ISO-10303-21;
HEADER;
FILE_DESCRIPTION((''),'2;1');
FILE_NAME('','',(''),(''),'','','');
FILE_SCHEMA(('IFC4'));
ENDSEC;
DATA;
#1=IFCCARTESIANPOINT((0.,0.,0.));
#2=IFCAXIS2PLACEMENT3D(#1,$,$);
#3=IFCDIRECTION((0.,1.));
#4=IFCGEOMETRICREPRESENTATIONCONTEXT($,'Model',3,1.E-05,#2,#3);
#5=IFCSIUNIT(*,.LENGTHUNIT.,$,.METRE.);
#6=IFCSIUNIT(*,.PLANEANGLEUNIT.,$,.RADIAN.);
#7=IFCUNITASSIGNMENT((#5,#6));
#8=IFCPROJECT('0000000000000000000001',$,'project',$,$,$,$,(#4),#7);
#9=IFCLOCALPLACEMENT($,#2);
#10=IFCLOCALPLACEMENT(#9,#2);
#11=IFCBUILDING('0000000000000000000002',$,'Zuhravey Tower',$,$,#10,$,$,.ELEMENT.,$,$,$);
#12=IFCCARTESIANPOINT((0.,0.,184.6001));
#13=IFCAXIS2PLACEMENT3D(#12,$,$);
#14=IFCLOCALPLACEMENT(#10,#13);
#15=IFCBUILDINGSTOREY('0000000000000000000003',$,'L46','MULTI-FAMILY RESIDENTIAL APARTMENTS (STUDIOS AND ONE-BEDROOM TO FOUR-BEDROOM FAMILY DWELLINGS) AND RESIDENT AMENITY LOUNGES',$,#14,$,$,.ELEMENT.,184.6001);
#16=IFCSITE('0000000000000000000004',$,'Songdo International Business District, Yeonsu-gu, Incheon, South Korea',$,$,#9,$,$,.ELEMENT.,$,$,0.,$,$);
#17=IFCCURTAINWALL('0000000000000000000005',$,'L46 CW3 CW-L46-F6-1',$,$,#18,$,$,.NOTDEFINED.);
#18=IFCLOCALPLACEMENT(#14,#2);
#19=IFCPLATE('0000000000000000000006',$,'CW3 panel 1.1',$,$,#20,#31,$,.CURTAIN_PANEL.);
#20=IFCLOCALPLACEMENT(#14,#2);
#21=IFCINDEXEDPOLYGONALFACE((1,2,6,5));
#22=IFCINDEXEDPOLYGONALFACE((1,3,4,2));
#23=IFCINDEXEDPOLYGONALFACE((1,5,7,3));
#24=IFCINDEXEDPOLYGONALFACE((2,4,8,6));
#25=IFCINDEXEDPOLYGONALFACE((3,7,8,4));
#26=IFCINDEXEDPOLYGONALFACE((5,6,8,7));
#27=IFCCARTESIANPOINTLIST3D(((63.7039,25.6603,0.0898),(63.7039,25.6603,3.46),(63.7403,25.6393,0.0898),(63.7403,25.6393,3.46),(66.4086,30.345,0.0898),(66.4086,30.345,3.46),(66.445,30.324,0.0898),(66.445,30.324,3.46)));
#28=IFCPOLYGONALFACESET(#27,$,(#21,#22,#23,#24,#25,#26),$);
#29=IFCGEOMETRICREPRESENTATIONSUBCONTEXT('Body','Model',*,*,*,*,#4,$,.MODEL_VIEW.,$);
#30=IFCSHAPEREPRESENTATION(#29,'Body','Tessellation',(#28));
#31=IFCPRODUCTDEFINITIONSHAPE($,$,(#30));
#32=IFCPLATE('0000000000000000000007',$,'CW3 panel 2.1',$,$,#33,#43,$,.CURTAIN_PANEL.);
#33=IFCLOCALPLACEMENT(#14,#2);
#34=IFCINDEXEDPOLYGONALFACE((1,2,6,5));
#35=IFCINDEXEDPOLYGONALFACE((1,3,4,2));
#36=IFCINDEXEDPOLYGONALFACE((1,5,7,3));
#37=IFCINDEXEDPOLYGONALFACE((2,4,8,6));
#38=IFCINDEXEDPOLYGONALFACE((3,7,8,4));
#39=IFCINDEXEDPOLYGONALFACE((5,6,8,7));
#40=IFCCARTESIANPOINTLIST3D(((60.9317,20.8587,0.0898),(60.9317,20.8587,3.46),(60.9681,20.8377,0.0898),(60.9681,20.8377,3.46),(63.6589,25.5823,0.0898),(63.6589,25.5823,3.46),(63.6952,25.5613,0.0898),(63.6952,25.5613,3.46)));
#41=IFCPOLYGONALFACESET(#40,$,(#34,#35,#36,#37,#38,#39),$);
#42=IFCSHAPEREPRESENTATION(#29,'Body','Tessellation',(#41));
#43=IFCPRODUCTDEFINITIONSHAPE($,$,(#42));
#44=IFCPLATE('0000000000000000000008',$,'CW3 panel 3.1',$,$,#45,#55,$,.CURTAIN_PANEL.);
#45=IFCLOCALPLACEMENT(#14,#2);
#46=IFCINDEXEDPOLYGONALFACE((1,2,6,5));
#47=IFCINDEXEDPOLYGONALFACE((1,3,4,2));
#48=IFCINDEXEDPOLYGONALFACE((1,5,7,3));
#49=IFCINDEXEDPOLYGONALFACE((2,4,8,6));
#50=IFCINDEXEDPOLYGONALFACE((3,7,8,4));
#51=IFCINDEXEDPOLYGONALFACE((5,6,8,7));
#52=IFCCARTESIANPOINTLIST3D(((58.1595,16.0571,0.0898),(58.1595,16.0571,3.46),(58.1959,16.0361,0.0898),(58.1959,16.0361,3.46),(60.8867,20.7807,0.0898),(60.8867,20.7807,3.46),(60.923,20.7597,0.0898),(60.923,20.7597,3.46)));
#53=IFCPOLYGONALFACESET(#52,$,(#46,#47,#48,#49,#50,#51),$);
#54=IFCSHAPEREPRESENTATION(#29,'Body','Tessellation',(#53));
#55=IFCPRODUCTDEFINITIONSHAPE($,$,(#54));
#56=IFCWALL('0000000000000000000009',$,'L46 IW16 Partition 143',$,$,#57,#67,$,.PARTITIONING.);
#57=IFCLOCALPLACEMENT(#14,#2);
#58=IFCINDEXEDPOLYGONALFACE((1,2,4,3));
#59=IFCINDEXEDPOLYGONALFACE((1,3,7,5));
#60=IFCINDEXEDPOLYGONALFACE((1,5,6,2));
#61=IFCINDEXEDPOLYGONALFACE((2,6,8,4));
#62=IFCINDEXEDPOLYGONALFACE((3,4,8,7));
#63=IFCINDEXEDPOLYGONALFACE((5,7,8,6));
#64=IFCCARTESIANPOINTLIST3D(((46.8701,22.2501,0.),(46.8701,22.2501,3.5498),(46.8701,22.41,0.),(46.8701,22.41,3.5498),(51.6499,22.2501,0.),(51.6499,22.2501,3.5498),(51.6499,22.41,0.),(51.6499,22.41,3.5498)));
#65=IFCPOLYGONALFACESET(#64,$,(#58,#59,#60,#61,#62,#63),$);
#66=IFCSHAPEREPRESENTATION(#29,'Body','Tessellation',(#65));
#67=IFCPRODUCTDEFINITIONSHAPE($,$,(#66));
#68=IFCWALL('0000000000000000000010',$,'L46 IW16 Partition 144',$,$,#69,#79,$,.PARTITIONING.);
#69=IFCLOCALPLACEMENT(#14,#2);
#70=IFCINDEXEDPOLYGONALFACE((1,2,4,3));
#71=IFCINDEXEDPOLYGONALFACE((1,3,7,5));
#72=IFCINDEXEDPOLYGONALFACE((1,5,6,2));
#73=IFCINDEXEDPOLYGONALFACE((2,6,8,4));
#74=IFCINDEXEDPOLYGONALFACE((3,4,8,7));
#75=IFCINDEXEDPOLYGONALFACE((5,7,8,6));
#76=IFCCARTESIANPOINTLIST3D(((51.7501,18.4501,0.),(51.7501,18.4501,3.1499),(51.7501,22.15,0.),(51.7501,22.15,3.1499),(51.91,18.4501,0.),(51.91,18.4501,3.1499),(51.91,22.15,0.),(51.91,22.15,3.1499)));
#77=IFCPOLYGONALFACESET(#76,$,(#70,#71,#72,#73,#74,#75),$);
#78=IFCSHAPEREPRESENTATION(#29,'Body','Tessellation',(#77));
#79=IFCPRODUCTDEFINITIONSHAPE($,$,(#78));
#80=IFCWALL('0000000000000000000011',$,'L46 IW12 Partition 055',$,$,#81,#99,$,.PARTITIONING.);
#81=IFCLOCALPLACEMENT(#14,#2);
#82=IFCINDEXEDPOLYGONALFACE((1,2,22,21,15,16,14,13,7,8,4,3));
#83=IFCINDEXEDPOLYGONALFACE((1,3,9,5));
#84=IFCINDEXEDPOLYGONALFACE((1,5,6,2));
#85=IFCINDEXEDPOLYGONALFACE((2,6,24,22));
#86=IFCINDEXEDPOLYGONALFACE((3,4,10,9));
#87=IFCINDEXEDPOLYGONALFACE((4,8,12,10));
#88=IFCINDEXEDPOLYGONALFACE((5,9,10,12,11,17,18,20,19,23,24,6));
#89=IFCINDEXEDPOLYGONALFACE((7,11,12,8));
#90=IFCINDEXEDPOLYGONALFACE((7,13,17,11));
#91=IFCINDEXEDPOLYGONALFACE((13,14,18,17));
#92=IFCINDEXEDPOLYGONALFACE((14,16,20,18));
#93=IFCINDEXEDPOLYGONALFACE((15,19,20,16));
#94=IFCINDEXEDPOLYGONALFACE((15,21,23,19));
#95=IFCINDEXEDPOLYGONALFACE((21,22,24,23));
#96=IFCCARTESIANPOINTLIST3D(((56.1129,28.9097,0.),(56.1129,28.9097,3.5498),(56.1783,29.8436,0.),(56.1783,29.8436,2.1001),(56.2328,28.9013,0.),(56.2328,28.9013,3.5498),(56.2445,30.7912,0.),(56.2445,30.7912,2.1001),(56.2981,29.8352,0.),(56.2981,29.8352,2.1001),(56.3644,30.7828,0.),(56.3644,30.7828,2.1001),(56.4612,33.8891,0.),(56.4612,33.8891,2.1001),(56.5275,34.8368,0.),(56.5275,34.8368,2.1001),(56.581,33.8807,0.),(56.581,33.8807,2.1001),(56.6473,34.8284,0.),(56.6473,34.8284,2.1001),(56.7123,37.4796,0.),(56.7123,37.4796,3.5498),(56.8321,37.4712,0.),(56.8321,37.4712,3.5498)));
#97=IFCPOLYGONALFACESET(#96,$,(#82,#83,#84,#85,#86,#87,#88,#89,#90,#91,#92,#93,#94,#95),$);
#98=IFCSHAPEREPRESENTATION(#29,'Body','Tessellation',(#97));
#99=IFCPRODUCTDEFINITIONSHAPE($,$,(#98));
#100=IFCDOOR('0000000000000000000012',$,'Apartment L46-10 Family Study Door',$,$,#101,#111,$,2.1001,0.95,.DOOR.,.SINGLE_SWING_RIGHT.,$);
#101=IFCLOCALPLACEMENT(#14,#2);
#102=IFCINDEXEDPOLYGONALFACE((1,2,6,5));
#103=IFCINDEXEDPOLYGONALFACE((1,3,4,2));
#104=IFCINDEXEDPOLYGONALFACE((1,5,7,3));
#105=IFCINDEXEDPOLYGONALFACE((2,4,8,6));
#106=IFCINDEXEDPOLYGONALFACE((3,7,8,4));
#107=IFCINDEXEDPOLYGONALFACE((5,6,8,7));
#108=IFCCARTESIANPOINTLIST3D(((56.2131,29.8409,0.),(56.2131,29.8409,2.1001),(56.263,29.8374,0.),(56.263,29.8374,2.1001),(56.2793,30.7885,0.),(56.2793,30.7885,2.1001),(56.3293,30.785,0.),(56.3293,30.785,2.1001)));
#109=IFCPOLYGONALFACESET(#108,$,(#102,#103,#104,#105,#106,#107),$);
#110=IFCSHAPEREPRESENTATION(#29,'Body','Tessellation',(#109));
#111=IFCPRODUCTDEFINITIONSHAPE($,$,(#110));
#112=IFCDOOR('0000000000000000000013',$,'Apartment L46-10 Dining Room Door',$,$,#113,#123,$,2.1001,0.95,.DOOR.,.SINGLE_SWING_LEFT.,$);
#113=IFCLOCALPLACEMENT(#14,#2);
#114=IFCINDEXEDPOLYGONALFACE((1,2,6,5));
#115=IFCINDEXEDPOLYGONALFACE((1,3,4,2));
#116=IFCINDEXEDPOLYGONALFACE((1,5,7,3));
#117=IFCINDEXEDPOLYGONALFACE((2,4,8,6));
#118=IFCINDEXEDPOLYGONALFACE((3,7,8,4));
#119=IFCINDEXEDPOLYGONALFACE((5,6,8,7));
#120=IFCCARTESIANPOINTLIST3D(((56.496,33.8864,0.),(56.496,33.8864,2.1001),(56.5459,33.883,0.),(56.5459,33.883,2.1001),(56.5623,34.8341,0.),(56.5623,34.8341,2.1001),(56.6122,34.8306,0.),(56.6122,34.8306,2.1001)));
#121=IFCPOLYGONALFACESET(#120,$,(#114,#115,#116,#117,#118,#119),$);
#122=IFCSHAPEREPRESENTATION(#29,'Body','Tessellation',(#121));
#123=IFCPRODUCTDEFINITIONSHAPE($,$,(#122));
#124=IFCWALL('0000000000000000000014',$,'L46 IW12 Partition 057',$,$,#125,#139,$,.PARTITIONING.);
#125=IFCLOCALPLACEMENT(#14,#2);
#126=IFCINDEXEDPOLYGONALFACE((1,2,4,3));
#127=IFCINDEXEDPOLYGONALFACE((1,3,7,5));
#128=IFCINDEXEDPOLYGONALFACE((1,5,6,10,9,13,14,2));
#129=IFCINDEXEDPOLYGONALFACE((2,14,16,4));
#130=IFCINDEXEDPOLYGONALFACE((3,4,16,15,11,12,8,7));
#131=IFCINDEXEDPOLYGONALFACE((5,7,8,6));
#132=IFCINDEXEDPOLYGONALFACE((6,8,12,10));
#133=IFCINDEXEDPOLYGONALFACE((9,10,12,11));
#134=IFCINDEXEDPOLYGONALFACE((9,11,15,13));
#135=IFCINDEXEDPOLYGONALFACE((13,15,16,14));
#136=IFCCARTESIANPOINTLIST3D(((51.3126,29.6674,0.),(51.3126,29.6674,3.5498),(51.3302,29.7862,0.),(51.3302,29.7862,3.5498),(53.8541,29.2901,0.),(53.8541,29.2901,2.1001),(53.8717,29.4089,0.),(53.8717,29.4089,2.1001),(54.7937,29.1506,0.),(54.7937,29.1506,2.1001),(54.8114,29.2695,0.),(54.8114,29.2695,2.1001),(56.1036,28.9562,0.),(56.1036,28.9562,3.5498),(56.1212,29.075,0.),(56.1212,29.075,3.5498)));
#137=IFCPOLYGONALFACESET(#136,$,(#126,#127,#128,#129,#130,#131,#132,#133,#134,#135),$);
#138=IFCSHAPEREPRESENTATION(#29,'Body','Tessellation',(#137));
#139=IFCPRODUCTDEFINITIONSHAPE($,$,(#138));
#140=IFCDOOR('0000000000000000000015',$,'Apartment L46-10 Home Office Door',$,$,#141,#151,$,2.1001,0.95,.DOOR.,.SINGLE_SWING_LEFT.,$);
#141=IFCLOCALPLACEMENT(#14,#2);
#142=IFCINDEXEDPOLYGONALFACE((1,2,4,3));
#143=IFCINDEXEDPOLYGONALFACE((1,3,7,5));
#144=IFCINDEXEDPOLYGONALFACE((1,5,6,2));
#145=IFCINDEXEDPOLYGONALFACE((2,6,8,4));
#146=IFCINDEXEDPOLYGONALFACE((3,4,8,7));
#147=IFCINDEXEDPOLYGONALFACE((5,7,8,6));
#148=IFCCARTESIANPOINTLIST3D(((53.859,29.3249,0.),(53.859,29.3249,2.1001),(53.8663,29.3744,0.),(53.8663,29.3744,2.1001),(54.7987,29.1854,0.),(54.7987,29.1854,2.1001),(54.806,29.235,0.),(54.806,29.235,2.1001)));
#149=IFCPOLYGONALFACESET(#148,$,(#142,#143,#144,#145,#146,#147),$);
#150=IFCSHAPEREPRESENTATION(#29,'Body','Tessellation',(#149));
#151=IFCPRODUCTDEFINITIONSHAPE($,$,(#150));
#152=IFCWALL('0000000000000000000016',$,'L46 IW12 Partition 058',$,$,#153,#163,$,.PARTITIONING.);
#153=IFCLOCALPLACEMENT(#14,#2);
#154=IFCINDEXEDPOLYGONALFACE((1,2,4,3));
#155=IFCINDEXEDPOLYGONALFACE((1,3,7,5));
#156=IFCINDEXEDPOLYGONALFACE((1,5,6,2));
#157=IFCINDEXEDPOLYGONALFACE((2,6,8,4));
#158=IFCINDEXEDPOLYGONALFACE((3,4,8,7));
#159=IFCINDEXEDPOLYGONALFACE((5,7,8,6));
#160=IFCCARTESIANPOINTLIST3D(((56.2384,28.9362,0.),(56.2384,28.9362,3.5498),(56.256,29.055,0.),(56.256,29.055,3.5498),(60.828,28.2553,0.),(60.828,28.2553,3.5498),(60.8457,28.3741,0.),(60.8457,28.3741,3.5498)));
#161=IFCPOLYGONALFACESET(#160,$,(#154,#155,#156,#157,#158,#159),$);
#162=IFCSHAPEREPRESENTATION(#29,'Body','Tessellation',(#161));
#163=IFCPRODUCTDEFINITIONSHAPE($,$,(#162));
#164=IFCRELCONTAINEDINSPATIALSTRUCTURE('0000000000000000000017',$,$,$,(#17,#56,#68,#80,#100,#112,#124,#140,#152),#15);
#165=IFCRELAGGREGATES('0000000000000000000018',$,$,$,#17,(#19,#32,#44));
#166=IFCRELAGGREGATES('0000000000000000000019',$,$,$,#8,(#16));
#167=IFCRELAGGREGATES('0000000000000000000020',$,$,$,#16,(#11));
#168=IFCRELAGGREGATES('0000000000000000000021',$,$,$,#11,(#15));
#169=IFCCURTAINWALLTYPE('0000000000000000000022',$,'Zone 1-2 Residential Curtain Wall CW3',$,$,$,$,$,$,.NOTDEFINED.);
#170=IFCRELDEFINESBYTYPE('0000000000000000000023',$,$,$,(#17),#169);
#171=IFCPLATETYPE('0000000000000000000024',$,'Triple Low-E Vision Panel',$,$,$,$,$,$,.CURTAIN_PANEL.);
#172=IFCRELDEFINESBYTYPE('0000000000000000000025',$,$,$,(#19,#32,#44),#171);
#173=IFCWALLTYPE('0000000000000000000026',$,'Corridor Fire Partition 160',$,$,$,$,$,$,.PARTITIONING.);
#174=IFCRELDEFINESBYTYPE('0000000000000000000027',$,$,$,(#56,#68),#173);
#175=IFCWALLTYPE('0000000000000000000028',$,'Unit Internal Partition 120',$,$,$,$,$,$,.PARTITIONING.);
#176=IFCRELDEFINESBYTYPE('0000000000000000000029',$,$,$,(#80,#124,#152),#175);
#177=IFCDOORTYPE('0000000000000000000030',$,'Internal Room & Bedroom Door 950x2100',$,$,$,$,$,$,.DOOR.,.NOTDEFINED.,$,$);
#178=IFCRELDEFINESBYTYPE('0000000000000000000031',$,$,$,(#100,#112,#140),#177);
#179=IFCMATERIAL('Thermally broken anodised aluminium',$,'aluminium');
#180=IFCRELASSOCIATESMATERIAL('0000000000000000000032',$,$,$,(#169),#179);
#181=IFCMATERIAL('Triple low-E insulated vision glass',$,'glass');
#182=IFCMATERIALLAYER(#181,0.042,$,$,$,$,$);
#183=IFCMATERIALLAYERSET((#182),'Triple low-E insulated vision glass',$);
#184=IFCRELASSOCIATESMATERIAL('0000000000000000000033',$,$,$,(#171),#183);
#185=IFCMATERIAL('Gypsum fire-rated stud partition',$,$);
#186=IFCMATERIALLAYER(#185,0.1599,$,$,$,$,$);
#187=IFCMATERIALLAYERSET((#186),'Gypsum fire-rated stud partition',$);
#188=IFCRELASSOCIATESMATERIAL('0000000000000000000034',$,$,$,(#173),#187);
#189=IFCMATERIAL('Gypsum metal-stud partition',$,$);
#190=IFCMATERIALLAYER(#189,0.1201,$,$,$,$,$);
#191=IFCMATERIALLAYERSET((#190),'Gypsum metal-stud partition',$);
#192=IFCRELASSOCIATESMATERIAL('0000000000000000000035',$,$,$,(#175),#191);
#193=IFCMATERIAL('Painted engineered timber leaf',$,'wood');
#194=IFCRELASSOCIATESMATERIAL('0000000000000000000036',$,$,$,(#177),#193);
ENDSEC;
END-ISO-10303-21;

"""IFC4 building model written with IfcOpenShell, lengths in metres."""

from ifc_helpers import new_model, si_unit, direction, frame, frame_2d, origin, origin_2d, place, context, subcontext, project, spatial, rectangle, extrude, material, layer, layer_set, type_object, element, fill, aggregate, save


model = new_model("IFC4")

# Units and contexts
model_context = context("Model", 3, precision=1e-05, world=origin(), true_north=direction((0.0, 1.0)))
body_context = subcontext(model_context, "Body", "Model", "MODEL_VIEW")
ifc_project = project(units=[si_unit("LENGTHUNIT", "METRE"), si_unit("PLANEANGLEUNIT", "RADIAN")], contexts=[model_context])

# Site, building, storey
site_placement = place(None, origin())
site = spatial("IfcSite", under=ifc_project, at=site_placement, Name="Songdo International Business District, Yeonsu-gu, Incheon, South Korea", CompositionType="ELEMENT", RefElevation=0.0)
building_placement = place(site_placement, origin())
building = spatial("IfcBuilding", under=site, at=building_placement, Name="Zuhravey Tower", CompositionType="ELEMENT")
storey_placement = place(building_placement, frame((0.0, 0.0, 184.6001)))
storey = spatial("IfcBuildingStorey", under=building, at=storey_placement, Name="L46", Description="MULTI-FAMILY RESIDENTIAL APARTMENTS (STUDIOS AND ONE-BEDROOM TO FOUR-BEDROOM FAMILY DWELLINGS) AND RESIDENT AMENITY LOUNGES", CompositionType="ELEMENT", Elevation=184.6001)

# Curtain wall
ifc_material_1 = material(Name="Thermally broken anodised aluminium", Category="aluminium")
curtain_wall_type = type_object("IfcCurtainWallType", Name="Zone 1-2 Residential Curtain Wall CW3", PredefinedType="NOTDEFINED", material=ifc_material_1)
curtain_wall_placement = place(storey_placement, origin())
curtain_wall = element("IfcCurtainWall", 1, at=curtain_wall_placement, inside=storey, type_object=curtain_wall_type, Name="L46 CW3 CW-L46-F6-1", PredefinedType="NOTDEFINED")

# Plates
ifc_material_2 = material(Name="Triple low-E insulated vision glass", Category="glass")
ifc_layer_1 = layer(ifc_material_2, 0.042)
ifc_layer_set_1 = layer_set([ifc_layer_1], Name="Triple low-E insulated vision glass")
plate_type_1 = type_object("IfcPlateType", Name="Triple Low-E Vision Panel", PredefinedType="CURTAIN_PANEL", material=ifc_layer_set_1)
plate_1_placement = place(storey_placement, frame((65.0745, 27.9922, 0.0898), z_axis=(0.0, 0.0, 1.0), x_axis=(-0.5, -0.866025, 0.0)))
plate_1 = element("IfcPlate", 2, at=plate_1_placement, type_object=plate_type_1, Name="CW3 panel 1.1", PredefinedType="CURTAIN_PANEL", context=body_context, shape_type="SweptSolid", body=[
    extrude(rectangle(XDim=5.4094, YDim=0.042, at=origin_2d()), origin(), (0.0, 0.0, 1.0), 3.3701),
])
plate_2_placement = place(storey_placement, frame((62.3135, 23.21, 0.0898), z_axis=(0.0, 0.0, 1.0), x_axis=(-0.5, -0.866025, 0.0)))
plate_2 = element("IfcPlate", 3, at=plate_2_placement, type_object=plate_type_1, Name="CW3 panel 2.1", PredefinedType="CURTAIN_PANEL", context=body_context, shape_type="SweptSolid", body=[
    extrude(rectangle(XDim=5.4543, YDim=0.042, at=origin_2d()), origin(), (0.0, 0.0, 1.0), 3.3701),
])
plate_3_placement = place(storey_placement, frame((59.5413, 18.4084, 0.0898), z_axis=(0.0, 0.0, 1.0), x_axis=(-0.5, -0.866025, 0.0)))
plate_3 = element("IfcPlate", 4, at=plate_3_placement, type_object=plate_type_1, Name="CW3 panel 3.1", PredefinedType="CURTAIN_PANEL", context=body_context, shape_type="SweptSolid", body=[
    extrude(rectangle(XDim=5.4543, YDim=0.042, at=origin_2d()), origin(), (0.0, 0.0, 1.0), 3.3701),
])
aggregate(curtain_wall, [plate_1, plate_2, plate_3])

# Walls
ifc_material_3 = material(Name="Gypsum fire-rated stud partition")
ifc_layer_2 = layer(ifc_material_3, 0.1599)
ifc_layer_set_2 = layer_set([ifc_layer_2], Name="Gypsum fire-rated stud partition")
wall_type_1 = type_object("IfcWallType", Name="Corridor Fire Partition 160", PredefinedType="PARTITIONING", material=ifc_layer_set_2)
wall_1_placement = place(storey_placement, frame((51.6499, 22.3301, 0.0), z_axis=(0.0, 0.0, 1.0), x_axis=(-1.0, 0.0, 0.0)))
element("IfcWall", 5, at=wall_1_placement, inside=storey, type_object=wall_type_1, Name="L46 IW16 Partition 143", PredefinedType="PARTITIONING", context=body_context, shape_type="SweptSolid", body=[
    extrude(rectangle(XDim=4.7798, YDim=0.1599, at=frame_2d((2.3899, 0.0))), origin(), (0.0, 0.0, 1.0), 3.5498),
])
wall_2_placement = place(storey_placement, frame((51.8301, 18.45, 0.0), z_axis=(0.0, 0.0, 1.0), x_axis=(0.0, 1.0, 0.0)))
element("IfcWall", 6, at=wall_2_placement, inside=storey, type_object=wall_type_1, Name="L46 IW16 Partition 144", PredefinedType="PARTITIONING", context=body_context, shape_type="SweptSolid", body=[
    extrude(rectangle(XDim=3.7, YDim=0.1599, at=frame_2d((1.8501, 0.0))), origin(), (0.0, 0.0, 1.0), 3.1499),
])

# Wall, openings, doors
ifc_material_4 = material(Name="Gypsum metal-stud partition")
ifc_layer_3 = layer(ifc_material_4, 0.1201)
ifc_layer_set_3 = layer_set([ifc_layer_3], Name="Gypsum metal-stud partition")
wall_type_2 = type_object("IfcWallType", Name="Unit Internal Partition 120", PredefinedType="PARTITIONING", material=ifc_layer_set_3)
wall_3_placement = place(storey_placement, frame((56.1729, 28.9055, 0.0), z_axis=(0.0, 0.0, 1.0), x_axis=(0.069769, 0.997563, 0.0)))
wall_3 = element("IfcWall", 7, at=wall_3_placement, inside=storey, type_object=wall_type_2, Name="L46 IW12 Partition 055", PredefinedType="PARTITIONING", context=body_context, shape_type="SweptSolid", body=[
    extrude(rectangle(XDim=8.5908, YDim=0.1201, at=frame_2d((4.2954, 0.0))), origin(), (0.0, 0.0, 1.0), 3.5498),
])
opening_1_placement = place(wall_3_placement, frame((0.936, 0.0, 0.0)))
opening_1 = element("IfcOpeningElement", 8, at=opening_1_placement, cuts=wall_3, PredefinedType="OPENING", context=body_context, shape_type="SweptSolid", body=[
    extrude(rectangle(XDim=0.95, YDim=2.1001, at=frame_2d((0.4751, 1.05))), frame((0.0, 0.072, 0.0), z_axis=(0.0, -1.0, 0.0), x_axis=(1.0, 0.0, 0.0)), (0.0, 0.0, 1.0), 0.144),
])
opening_2_placement = place(wall_3_placement, frame((4.9915, 0.0, 0.0)))
opening_2 = element("IfcOpeningElement", 9, at=opening_2_placement, cuts=wall_3, PredefinedType="OPENING", context=body_context, shape_type="SweptSolid", body=[
    extrude(rectangle(XDim=0.95, YDim=2.1001, at=frame_2d((0.4751, 1.05))), frame((0.0, 0.072, 0.0), z_axis=(0.0, -1.0, 0.0), x_axis=(1.0, 0.0, 0.0)), (0.0, 0.0, 1.0), 0.144),
])
ifc_material_5 = material(Name="Painted engineered timber leaf", Category="wood")
door_type = type_object("IfcDoorType", Name="Internal Room & Bedroom Door 950x2100", OperationType="NOTDEFINED", PredefinedType="DOOR", material=ifc_material_5)
door_1_placement = place(opening_1_placement, frame((0.95, 0.0, 0.0), z_axis=(0.0, 0.0, 1.0), x_axis=(-1.0, 0.0, 0.0)))
door_1 = element("IfcDoor", 10, at=door_1_placement, inside=storey, type_object=door_type, Name="Apartment L46-10 Family Study Door", OperationType="SINGLE_SWING_RIGHT", OverallHeight=2.1001, OverallWidth=0.95, PredefinedType="DOOR", context=body_context, shape_type="SweptSolid", body=[
    extrude(rectangle(XDim=0.95, YDim=2.1001, at=frame_2d((0.4751, 1.05))), frame((0.0, 0.0249, 0.0), z_axis=(0.0, -1.0, 0.0), x_axis=(1.0, 0.0, 0.0)), (0.0, 0.0, 1.0), 0.05),
])
fill(opening_1, door_1)
door_2_placement = place(opening_2_placement, frame((0.95, 0.0, 0.0), z_axis=(0.0, 0.0, 1.0), x_axis=(-1.0, 0.0, 0.0)))
door_2 = element("IfcDoor", 11, at=door_2_placement, inside=storey, type_object=door_type, Name="Apartment L46-10 Dining Room Door", OperationType="SINGLE_SWING_LEFT", OverallHeight=2.1001, OverallWidth=0.95, PredefinedType="DOOR", context=body_context, shape_type="SweptSolid", body=[
    extrude(rectangle(XDim=0.95, YDim=2.1001, at=frame_2d((0.4751, 1.05))), frame((0.0, 0.0249, 0.0), z_axis=(0.0, -1.0, 0.0), x_axis=(1.0, 0.0, 0.0)), (0.0, 0.0, 1.0), 0.05),
])
fill(opening_2, door_2)

# Wall, opening, door
wall_4_placement = place(storey_placement, frame((51.3213, 29.7268, 0.0), z_axis=(0.0, 0.0, 1.0), x_axis=(0.989161, -0.146832, 0.0)))
wall_4 = element("IfcWall", 12, at=wall_4_placement, inside=storey, type_object=wall_type_2, Name="L46 IW12 Partition 057", PredefinedType="PARTITIONING", context=body_context, shape_type="SweptSolid", body=[
    extrude(rectangle(XDim=4.8435, YDim=0.1201, at=frame_2d((2.4219, 0.0))), origin(), (0.0, 0.0, 1.0), 3.5498),
])
opening_3_placement = place(wall_4_placement, frame((2.5693, 0.0, 0.0)))
opening_3 = element("IfcOpeningElement", 13, at=opening_3_placement, cuts=wall_4, PredefinedType="OPENING", context=body_context, shape_type="SweptSolid", body=[
    extrude(rectangle(XDim=0.95, YDim=2.1001, at=frame_2d((0.4751, 1.05))), frame((0.0, 0.072, 0.0), z_axis=(0.0, -1.0, 0.0), x_axis=(1.0, 0.0, 0.0)), (0.0, 0.0, 1.0), 0.144),
])
door_3_placement = place(opening_3_placement, frame((0.95, 0.0, 0.0), z_axis=(0.0, 0.0, 1.0), x_axis=(-1.0, 0.0, 0.0)))
door_3 = element("IfcDoor", 14, at=door_3_placement, inside=storey, type_object=door_type, Name="Apartment L46-10 Home Office Door", OperationType="SINGLE_SWING_LEFT", OverallHeight=2.1001, OverallWidth=0.95, PredefinedType="DOOR", context=body_context, shape_type="SweptSolid", body=[
    extrude(rectangle(XDim=0.95, YDim=2.1001, at=frame_2d((0.4751, 1.05))), frame((0.0, 0.0249, 0.0), z_axis=(0.0, -1.0, 0.0), x_axis=(1.0, 0.0, 0.0)), (0.0, 0.0, 1.0), 0.05),
])
fill(opening_3, door_3)

# Wall
wall_5_placement = place(storey_placement, frame((56.2473, 28.9956, 0.0), z_axis=(0.0, 0.0, 1.0), x_axis=(0.989173, -0.146753, 0.0)))
element("IfcWall", 15, at=wall_5_placement, inside=storey, type_object=wall_type_2, Name="L46 IW12 Partition 058", PredefinedType="PARTITIONING", context=body_context, shape_type="SweptSolid", body=[
    extrude(rectangle(XDim=4.6399, YDim=0.1201, at=frame_2d((2.3198, 0.0))), origin(), (0.0, 0.0, 1.0), 3.5498),
])

save(model, "model.ifc")
